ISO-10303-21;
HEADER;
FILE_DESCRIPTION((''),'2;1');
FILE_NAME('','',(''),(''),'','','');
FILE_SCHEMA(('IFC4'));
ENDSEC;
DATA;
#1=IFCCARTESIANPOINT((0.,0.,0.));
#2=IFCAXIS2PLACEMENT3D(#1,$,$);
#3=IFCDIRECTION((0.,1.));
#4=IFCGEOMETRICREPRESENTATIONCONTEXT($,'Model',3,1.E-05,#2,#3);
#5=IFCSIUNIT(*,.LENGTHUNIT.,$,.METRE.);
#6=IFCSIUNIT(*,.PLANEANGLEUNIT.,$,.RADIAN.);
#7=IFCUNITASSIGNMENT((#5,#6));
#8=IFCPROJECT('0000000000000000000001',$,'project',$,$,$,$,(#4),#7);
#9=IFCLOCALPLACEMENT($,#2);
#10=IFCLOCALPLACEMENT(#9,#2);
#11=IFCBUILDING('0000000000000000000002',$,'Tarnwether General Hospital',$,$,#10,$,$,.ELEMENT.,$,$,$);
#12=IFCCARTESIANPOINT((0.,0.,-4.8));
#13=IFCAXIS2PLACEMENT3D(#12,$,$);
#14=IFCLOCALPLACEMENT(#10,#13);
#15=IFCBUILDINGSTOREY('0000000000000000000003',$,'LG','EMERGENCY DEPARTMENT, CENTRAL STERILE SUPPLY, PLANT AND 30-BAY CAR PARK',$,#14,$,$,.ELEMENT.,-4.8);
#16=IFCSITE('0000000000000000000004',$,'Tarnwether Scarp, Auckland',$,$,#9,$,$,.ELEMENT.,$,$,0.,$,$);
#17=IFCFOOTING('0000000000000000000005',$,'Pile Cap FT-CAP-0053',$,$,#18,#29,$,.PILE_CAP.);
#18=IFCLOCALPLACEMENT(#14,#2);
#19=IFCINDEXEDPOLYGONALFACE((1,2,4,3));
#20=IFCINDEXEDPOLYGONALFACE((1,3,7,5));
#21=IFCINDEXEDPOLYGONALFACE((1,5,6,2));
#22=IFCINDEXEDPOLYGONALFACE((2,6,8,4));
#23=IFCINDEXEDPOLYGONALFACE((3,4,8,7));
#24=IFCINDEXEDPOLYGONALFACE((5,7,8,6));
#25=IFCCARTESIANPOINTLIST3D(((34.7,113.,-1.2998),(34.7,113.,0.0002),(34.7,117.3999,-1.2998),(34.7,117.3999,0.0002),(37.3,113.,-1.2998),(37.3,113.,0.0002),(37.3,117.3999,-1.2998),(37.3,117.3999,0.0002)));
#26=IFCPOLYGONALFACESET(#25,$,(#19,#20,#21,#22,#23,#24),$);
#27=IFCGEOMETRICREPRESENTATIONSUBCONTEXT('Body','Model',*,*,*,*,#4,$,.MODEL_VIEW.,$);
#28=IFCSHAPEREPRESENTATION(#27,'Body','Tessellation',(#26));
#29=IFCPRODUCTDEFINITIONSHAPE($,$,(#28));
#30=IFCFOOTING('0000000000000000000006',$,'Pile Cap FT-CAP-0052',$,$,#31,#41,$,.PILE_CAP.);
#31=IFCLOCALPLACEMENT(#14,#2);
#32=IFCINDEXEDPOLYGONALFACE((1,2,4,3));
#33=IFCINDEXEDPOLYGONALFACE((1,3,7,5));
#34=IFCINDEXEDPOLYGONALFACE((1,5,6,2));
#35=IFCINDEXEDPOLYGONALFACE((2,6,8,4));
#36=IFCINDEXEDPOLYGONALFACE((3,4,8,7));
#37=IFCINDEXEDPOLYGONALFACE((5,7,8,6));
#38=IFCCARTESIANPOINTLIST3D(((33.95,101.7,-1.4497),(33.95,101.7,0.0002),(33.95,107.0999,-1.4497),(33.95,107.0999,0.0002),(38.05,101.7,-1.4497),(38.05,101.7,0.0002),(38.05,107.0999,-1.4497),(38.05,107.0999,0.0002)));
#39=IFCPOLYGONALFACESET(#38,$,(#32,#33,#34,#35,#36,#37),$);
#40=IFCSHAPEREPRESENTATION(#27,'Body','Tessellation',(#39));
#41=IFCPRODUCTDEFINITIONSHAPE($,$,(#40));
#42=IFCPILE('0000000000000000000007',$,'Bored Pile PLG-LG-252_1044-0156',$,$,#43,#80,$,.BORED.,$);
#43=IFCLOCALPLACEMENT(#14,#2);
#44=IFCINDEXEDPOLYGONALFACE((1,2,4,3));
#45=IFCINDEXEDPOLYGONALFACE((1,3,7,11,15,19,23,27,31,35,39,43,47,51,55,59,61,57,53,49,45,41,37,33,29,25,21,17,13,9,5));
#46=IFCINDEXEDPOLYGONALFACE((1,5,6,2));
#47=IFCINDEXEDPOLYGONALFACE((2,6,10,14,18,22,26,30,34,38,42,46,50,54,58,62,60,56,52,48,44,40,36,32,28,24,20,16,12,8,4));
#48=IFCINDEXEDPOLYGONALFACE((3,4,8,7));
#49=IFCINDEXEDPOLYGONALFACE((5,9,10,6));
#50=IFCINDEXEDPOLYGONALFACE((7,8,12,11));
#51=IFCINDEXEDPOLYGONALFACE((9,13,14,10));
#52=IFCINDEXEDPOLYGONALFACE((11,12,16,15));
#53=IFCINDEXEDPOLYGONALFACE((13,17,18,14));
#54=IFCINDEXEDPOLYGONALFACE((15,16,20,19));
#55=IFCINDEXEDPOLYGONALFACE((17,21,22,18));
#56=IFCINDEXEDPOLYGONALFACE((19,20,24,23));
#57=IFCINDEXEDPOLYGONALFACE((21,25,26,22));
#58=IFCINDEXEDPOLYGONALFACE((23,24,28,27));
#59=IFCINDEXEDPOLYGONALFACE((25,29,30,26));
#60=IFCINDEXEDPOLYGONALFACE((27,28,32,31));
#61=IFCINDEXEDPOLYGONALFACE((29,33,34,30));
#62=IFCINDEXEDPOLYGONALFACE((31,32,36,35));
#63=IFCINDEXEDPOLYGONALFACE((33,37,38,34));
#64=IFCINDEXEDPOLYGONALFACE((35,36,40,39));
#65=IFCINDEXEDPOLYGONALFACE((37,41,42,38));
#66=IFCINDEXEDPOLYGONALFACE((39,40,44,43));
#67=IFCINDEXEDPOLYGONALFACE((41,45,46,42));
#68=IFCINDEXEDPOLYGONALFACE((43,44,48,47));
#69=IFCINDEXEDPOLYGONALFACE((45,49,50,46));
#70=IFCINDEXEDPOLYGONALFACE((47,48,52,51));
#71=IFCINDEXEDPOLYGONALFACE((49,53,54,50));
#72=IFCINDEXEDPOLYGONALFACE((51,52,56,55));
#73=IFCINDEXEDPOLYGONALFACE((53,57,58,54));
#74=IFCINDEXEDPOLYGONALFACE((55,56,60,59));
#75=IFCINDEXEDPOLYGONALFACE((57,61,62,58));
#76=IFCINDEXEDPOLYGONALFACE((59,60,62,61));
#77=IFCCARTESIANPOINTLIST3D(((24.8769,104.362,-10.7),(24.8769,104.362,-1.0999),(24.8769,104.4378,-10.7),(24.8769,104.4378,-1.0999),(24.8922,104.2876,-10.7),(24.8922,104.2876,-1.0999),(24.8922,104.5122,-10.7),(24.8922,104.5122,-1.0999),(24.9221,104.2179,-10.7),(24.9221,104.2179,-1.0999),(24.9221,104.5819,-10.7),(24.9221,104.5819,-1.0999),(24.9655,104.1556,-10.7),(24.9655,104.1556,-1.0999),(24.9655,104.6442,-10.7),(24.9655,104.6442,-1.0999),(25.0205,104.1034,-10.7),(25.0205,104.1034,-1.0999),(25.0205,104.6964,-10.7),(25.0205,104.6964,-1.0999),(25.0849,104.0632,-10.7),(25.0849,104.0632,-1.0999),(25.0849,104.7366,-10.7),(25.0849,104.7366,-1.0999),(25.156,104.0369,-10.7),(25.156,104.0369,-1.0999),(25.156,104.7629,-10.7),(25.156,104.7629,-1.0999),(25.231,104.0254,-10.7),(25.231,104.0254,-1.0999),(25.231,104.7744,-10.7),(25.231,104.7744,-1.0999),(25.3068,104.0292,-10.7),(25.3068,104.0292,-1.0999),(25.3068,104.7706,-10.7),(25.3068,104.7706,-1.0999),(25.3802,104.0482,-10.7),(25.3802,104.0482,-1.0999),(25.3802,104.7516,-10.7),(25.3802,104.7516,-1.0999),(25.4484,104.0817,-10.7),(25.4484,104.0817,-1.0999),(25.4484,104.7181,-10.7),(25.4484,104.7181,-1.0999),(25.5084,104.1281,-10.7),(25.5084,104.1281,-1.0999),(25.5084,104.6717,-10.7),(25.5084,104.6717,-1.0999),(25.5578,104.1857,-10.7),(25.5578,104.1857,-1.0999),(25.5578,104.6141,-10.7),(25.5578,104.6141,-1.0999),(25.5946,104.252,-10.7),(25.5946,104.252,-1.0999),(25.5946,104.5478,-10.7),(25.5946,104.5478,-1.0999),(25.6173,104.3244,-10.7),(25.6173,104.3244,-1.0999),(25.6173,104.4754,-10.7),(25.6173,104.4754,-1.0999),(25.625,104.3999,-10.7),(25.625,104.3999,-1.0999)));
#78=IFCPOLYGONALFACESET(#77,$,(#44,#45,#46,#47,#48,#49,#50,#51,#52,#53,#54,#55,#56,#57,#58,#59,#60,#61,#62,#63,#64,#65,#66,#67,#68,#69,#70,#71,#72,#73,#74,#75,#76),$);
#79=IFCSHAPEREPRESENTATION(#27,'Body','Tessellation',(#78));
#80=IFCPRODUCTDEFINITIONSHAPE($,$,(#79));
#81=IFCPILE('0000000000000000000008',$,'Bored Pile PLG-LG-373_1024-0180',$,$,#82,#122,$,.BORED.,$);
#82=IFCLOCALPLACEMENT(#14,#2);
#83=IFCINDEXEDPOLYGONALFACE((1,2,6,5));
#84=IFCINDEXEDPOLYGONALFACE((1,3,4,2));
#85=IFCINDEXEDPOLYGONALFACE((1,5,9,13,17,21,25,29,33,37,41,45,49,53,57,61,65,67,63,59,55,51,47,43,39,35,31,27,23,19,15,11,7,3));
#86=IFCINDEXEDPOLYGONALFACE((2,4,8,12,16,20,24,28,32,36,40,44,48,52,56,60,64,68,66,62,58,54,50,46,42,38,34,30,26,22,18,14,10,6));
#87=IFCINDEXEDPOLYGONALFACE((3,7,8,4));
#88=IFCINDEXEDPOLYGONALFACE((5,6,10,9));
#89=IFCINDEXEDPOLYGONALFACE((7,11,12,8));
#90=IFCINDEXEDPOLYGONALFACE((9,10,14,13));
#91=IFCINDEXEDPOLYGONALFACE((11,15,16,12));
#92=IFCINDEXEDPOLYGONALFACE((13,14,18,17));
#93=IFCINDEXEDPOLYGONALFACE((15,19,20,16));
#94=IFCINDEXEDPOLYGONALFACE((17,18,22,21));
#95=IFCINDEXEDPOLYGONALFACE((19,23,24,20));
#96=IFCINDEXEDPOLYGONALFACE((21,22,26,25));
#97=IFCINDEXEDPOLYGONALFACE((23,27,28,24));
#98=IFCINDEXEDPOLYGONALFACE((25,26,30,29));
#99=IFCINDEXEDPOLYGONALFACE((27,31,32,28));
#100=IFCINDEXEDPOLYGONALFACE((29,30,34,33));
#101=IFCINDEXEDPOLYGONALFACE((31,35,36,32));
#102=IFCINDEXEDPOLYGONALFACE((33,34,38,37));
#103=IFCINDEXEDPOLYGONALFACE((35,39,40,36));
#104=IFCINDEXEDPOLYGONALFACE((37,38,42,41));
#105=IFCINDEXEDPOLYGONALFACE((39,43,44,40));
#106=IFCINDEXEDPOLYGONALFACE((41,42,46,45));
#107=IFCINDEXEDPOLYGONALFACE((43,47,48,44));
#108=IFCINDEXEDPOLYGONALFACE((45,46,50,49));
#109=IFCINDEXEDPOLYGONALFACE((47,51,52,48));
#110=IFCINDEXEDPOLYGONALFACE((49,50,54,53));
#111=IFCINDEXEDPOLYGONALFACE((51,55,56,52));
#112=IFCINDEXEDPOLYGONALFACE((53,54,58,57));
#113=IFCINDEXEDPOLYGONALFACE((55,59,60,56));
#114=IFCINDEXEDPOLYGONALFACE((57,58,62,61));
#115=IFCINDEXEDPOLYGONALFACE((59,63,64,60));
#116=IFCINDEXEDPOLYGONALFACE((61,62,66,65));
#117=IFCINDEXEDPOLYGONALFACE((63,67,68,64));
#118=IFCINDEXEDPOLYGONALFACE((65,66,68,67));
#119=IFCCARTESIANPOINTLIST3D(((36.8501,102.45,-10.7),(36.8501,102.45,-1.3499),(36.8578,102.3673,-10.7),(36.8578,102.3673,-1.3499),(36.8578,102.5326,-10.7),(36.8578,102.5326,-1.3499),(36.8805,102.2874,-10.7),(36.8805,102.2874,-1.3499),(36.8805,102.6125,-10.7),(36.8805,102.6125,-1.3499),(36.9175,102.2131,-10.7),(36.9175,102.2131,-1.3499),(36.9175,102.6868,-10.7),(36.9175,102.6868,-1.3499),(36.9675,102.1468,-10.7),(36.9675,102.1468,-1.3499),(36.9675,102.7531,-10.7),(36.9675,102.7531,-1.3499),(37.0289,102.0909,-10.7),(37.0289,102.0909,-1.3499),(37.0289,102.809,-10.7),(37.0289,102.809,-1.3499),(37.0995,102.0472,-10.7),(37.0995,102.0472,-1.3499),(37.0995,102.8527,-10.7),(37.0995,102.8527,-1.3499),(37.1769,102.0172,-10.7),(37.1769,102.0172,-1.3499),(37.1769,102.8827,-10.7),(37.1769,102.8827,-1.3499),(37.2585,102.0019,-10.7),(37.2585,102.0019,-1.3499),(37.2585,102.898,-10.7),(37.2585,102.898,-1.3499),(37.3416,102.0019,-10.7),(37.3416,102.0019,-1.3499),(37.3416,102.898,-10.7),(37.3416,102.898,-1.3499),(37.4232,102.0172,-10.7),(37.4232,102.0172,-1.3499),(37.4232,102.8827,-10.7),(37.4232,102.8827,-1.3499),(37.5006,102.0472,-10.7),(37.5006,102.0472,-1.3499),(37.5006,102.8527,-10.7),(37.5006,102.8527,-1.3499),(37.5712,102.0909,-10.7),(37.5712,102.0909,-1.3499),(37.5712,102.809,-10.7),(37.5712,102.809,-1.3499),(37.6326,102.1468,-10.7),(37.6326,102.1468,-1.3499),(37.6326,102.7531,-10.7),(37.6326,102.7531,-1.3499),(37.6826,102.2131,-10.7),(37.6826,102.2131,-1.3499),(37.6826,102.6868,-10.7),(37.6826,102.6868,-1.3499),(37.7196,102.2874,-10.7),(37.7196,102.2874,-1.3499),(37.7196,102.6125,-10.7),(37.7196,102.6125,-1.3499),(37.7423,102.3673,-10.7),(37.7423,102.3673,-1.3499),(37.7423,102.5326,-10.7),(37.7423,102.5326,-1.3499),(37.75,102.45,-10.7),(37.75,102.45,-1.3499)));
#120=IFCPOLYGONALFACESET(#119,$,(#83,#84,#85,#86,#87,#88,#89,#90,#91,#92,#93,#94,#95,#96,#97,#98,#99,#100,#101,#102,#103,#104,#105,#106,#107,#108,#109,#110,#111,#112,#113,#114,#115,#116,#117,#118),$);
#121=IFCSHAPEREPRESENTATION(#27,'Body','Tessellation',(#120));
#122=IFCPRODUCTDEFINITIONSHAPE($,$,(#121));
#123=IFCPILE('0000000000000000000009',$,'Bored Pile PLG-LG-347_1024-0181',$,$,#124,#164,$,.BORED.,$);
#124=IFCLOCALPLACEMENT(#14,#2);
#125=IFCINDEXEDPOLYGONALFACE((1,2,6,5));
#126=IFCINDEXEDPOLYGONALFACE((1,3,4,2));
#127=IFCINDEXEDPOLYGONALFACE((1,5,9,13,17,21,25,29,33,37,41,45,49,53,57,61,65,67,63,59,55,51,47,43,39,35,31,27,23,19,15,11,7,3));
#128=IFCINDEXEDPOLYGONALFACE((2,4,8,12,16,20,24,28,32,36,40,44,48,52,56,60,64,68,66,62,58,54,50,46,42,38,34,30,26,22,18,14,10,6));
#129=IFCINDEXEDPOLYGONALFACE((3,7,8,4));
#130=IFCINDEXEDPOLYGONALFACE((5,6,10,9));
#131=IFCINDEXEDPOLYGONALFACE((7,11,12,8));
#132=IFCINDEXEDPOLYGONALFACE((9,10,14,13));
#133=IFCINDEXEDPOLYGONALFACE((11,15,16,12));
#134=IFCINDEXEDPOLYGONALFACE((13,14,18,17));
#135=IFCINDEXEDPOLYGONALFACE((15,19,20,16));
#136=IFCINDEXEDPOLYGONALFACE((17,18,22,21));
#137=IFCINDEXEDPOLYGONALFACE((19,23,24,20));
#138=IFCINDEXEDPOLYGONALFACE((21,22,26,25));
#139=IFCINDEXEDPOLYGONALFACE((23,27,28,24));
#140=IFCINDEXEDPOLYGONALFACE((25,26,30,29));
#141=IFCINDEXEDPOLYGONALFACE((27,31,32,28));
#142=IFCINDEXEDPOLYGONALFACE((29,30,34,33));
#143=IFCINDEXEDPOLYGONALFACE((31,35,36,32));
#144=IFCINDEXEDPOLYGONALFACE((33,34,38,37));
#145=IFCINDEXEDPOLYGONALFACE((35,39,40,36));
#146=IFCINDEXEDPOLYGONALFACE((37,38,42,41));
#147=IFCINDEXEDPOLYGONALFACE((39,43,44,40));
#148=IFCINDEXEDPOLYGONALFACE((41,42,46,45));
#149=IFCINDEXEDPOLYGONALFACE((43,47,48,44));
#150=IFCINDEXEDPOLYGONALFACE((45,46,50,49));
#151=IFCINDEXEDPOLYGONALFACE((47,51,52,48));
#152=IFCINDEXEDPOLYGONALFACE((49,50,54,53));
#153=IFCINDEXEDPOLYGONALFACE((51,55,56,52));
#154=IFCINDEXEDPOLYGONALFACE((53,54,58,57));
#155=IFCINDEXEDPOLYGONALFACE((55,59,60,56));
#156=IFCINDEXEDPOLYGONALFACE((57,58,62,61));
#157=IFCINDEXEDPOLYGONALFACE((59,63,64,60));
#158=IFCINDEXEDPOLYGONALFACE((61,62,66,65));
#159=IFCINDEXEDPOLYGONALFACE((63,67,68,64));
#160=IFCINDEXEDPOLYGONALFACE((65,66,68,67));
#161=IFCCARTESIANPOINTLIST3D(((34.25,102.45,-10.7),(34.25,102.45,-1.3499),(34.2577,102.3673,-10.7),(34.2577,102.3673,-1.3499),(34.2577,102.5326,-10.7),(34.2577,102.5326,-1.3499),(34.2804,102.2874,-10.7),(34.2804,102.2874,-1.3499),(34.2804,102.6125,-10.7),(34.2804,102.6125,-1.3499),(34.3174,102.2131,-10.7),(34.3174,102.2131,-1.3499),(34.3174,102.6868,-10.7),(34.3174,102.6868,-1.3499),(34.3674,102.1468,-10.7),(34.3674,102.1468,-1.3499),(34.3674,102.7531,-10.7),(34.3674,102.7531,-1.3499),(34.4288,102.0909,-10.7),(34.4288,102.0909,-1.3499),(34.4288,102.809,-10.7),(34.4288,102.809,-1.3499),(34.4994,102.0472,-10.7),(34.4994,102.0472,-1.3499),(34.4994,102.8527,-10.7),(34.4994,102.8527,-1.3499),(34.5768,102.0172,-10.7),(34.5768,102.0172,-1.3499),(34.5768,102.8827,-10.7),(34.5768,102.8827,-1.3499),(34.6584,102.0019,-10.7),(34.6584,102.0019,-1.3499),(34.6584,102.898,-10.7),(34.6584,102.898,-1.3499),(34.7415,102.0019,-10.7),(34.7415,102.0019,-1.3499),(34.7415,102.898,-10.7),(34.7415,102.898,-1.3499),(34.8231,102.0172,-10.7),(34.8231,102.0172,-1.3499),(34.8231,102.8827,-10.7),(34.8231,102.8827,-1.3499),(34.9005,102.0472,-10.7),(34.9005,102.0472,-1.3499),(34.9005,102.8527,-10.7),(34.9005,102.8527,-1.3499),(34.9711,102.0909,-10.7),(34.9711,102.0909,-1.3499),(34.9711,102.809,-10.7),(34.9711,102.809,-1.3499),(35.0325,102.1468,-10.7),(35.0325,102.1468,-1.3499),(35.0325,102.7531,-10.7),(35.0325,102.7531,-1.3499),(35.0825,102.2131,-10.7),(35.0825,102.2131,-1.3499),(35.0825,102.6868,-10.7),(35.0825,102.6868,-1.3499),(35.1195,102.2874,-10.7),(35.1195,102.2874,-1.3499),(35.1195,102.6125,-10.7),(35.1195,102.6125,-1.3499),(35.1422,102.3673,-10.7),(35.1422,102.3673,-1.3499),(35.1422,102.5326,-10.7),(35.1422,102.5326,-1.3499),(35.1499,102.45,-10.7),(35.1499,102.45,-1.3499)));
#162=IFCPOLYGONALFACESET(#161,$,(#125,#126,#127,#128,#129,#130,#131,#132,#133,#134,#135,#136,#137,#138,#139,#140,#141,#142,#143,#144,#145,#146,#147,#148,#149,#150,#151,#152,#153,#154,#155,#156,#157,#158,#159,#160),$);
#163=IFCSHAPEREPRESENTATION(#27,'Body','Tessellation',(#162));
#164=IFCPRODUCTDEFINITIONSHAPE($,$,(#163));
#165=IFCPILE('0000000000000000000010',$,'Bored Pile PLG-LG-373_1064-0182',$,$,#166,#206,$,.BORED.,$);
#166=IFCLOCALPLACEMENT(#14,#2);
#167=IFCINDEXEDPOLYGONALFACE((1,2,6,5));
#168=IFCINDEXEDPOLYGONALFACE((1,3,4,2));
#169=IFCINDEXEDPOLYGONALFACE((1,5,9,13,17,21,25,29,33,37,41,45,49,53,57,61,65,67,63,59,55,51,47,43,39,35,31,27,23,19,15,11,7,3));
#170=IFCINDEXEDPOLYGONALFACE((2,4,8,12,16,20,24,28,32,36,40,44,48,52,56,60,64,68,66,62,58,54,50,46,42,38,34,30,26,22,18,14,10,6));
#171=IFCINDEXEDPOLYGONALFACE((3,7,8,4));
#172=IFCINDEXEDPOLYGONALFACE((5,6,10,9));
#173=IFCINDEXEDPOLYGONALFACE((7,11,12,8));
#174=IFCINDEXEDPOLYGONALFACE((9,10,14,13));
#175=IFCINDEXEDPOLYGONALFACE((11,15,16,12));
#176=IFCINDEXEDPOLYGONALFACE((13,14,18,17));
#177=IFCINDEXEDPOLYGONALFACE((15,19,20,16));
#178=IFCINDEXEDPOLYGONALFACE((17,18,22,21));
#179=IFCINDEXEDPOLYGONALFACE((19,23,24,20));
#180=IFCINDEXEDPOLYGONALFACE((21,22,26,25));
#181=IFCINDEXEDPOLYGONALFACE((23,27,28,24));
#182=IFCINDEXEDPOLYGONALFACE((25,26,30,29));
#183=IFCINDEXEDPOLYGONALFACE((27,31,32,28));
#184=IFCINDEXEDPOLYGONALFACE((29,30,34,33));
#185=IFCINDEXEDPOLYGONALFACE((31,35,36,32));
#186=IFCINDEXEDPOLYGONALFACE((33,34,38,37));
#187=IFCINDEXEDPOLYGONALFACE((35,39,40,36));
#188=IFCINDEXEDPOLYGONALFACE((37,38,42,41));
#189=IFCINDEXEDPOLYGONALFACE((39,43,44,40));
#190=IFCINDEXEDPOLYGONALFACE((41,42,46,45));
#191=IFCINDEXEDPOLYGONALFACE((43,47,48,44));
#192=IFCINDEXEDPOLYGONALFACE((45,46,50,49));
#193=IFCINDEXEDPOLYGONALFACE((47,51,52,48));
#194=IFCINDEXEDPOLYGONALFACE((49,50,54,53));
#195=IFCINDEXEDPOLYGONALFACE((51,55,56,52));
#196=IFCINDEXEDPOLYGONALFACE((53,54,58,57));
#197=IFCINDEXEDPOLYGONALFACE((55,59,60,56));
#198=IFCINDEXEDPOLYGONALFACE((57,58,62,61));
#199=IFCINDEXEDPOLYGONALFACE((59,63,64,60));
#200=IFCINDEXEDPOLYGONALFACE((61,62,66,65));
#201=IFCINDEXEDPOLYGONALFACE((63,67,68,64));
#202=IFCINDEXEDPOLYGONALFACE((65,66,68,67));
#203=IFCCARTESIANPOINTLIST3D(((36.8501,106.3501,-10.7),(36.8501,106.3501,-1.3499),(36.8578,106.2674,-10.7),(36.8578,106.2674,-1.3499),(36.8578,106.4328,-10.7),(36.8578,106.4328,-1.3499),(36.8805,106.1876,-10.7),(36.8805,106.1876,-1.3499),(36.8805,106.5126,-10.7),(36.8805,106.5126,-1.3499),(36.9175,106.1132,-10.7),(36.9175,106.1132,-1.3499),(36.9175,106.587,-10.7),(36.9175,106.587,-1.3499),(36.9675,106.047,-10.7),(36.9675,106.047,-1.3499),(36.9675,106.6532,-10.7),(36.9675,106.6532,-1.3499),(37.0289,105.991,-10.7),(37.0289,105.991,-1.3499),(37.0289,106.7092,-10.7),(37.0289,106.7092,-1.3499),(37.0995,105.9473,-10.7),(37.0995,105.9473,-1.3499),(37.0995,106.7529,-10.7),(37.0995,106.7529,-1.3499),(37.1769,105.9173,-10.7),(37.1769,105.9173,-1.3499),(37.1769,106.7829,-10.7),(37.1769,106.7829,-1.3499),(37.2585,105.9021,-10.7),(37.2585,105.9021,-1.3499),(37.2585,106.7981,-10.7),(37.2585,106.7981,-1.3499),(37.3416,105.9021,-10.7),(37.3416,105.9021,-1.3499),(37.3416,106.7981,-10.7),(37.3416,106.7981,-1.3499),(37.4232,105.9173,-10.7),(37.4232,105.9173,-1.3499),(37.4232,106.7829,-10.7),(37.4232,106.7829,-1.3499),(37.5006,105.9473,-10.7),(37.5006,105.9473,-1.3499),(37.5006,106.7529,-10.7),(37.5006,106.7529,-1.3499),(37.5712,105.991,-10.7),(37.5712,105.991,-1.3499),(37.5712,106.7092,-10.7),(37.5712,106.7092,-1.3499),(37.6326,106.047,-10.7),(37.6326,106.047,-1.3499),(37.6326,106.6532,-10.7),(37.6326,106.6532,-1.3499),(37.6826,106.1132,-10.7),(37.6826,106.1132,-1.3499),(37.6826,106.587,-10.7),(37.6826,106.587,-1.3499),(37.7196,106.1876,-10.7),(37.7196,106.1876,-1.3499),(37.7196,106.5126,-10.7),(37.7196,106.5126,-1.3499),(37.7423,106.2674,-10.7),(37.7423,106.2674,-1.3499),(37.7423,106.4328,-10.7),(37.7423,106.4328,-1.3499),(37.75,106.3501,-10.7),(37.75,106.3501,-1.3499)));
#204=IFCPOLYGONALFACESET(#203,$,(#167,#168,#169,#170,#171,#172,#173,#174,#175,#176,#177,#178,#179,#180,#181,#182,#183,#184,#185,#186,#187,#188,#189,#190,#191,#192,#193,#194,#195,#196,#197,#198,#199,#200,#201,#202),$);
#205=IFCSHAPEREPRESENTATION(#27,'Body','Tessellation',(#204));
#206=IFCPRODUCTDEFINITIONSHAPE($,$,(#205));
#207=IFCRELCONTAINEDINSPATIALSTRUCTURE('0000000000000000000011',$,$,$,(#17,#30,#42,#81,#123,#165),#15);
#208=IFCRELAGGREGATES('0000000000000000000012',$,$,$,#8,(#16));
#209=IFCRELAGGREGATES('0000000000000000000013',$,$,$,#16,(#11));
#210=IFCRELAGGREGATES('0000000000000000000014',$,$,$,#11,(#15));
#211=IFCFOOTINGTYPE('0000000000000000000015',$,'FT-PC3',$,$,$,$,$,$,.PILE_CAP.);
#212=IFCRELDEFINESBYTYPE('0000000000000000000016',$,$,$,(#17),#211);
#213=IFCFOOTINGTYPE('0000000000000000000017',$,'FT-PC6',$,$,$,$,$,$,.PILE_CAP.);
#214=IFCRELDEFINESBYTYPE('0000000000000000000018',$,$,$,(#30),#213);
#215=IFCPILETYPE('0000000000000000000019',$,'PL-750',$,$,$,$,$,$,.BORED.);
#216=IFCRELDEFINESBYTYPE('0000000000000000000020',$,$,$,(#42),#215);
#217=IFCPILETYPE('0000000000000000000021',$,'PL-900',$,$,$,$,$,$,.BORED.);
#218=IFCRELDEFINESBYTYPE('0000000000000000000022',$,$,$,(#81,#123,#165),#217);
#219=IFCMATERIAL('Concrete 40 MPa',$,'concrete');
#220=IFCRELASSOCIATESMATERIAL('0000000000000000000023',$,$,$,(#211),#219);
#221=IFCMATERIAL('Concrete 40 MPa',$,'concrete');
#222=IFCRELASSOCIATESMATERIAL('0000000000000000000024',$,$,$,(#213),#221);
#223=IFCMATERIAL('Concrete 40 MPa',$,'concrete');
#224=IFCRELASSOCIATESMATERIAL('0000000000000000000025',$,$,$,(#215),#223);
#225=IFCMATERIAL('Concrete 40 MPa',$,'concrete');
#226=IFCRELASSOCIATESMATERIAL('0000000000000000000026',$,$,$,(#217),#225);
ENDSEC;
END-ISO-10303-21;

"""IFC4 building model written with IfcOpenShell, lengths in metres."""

from ifc_helpers import new_model, si_unit, direction, frame, origin, origin_2d, place, context, subcontext, project, spatial, rectangle, circle, extrude, material, material_profile, profile_set, type_object, element, save


model = new_model("IFC4")

# Units and contexts
model_context = context("Model", 3, precision=1e-05, world=origin(), true_north=direction((0.0, 1.0)))
body_context = subcontext(model_context, "Body", "Model", "MODEL_VIEW")
ifc_project = project(units=[si_unit("LENGTHUNIT", "METRE"), si_unit("PLANEANGLEUNIT", "RADIAN")], contexts=[model_context])

# Site, building, storey
site_placement = place(None, origin())
site = spatial("IfcSite", under=ifc_project, at=site_placement, Name="Tarnwether Scarp, Auckland", CompositionType="ELEMENT", RefElevation=0.0)
building_placement = place(site_placement, origin())
building = spatial("IfcBuilding", under=site, at=building_placement, Name="Tarnwether General Hospital", CompositionType="ELEMENT")
storey_placement = place(building_placement, frame((0.0, 0.0, -4.8)))
storey = spatial("IfcBuildingStorey", under=building, at=storey_placement, Name="LG", Description="EMERGENCY DEPARTMENT, CENTRAL STERILE SUPPLY, PLANT AND 30-BAY CAR PARK", CompositionType="ELEMENT", Elevation=-4.8)

# Footings
ifc_material_1 = material(Name="Concrete 40 MPa", Category="concrete")
footing_type_1 = type_object("IfcFootingType", Name="FT-PC3", PredefinedType="PILE_CAP", material=ifc_material_1)
footing_1_placement = place(storey_placement, frame((36.0, 115.2, -1.2998), z_axis=(0.0, 0.0, 1.0), x_axis=(0.0, 1.0, 0.0)))
element("IfcFooting", 1, at=footing_1_placement, inside=storey, type_object=footing_type_1, Name="Pile Cap FT-CAP-0053", PredefinedType="PILE_CAP", context=body_context, shape_type="SweptSolid", body=[
    extrude(rectangle(XDim=4.3999, YDim=2.6001, at=origin_2d()), origin(), (0.0, 0.0, 1.0), 1.3),
])
ifc_material_2 = material(Name="Concrete 40 MPa", Category="concrete")
footing_type_2 = type_object("IfcFootingType", Name="FT-PC6", PredefinedType="PILE_CAP", material=ifc_material_2)
footing_2_placement = place(storey_placement, frame((36.0, 104.3999, -1.4497), z_axis=(0.0, 0.0, 1.0), x_axis=(0.0, 1.0, 0.0)))
element("IfcFooting", 2, at=footing_2_placement, inside=storey, type_object=footing_type_2, Name="Pile Cap FT-CAP-0052", PredefinedType="PILE_CAP", context=body_context, shape_type="SweptSolid", body=[
    extrude(rectangle(XDim=5.3999, YDim=4.1001, at=origin_2d()), origin(), (0.0, 0.0, 1.0), 1.45),
])

# Piles
ifc_material_3 = material(Name="Concrete 40 MPa", Category="concrete")
ifc_material_profile_1 = material_profile(ifc_material_3, circle(Radius=0.375, at=origin_2d()), Name="PILE-D750")
ifc_profile_set_1 = profile_set([ifc_material_profile_1], Name="Concrete 40 MPa")
pile_type_1 = type_object("IfcPileType", Name="PL-750", PredefinedType="BORED", material=ifc_profile_set_1)
pile_1_placement = place(storey_placement, frame((25.25, 104.3999, -1.0999), z_axis=(0.0, 0.0, -1.0), x_axis=(1.0, 0.0, 0.0)))
element("IfcPile", 3, at=pile_1_placement, inside=storey, type_object=pile_type_1, Name="Bored Pile PLG-LG-252_1044-0156", PredefinedType="BORED", context=body_context, shape_type="SweptSolid", body=[
    extrude(circle(Radius=0.375, at=origin_2d()), origin(), (0.0, 0.0, 1.0), 9.6001),
])
ifc_material_4 = material(Name="Concrete 40 MPa", Category="concrete")
ifc_material_profile_2 = material_profile(ifc_material_4, circle(Radius=0.45, at=origin_2d()), Name="PILE-D900")
ifc_profile_set_2 = profile_set([ifc_material_profile_2], Name="Concrete 40 MPa")
pile_type_2 = type_object("IfcPileType", Name="PL-900", PredefinedType="BORED", material=ifc_profile_set_2)
for number, where, z_axis, x_axis, name in (
    (4, (37.3, 102.45, -1.3499), (0.0, 0.0, -1.0), (1.0, 0.0, 0.0), "Bored Pile PLG-LG-373_1024-0180"),
    (5, (34.7, 102.45, -1.3499), (0.0, 0.0, -1.0), (1.0, 0.0, 0.0), "Bored Pile PLG-LG-347_1024-0181"),
    (6, (37.3, 106.3501, -1.3499), (0.0, 0.0, -1.0), (1.0, 0.0, 0.0), "Bored Pile PLG-LG-373_1064-0182"),
):
    element("IfcPile", number, at=place(storey_placement, frame(where, z_axis=z_axis, x_axis=x_axis)), inside=storey, type_object=pile_type_2, Name=name, PredefinedType="BORED", context=body_context, shape_type="SweptSolid", body=[
        extrude(circle(Radius=0.45, at=origin_2d()), origin(), (0.0, 0.0, 1.0), 9.3501),
    ])

save(model, "model.ifc")
